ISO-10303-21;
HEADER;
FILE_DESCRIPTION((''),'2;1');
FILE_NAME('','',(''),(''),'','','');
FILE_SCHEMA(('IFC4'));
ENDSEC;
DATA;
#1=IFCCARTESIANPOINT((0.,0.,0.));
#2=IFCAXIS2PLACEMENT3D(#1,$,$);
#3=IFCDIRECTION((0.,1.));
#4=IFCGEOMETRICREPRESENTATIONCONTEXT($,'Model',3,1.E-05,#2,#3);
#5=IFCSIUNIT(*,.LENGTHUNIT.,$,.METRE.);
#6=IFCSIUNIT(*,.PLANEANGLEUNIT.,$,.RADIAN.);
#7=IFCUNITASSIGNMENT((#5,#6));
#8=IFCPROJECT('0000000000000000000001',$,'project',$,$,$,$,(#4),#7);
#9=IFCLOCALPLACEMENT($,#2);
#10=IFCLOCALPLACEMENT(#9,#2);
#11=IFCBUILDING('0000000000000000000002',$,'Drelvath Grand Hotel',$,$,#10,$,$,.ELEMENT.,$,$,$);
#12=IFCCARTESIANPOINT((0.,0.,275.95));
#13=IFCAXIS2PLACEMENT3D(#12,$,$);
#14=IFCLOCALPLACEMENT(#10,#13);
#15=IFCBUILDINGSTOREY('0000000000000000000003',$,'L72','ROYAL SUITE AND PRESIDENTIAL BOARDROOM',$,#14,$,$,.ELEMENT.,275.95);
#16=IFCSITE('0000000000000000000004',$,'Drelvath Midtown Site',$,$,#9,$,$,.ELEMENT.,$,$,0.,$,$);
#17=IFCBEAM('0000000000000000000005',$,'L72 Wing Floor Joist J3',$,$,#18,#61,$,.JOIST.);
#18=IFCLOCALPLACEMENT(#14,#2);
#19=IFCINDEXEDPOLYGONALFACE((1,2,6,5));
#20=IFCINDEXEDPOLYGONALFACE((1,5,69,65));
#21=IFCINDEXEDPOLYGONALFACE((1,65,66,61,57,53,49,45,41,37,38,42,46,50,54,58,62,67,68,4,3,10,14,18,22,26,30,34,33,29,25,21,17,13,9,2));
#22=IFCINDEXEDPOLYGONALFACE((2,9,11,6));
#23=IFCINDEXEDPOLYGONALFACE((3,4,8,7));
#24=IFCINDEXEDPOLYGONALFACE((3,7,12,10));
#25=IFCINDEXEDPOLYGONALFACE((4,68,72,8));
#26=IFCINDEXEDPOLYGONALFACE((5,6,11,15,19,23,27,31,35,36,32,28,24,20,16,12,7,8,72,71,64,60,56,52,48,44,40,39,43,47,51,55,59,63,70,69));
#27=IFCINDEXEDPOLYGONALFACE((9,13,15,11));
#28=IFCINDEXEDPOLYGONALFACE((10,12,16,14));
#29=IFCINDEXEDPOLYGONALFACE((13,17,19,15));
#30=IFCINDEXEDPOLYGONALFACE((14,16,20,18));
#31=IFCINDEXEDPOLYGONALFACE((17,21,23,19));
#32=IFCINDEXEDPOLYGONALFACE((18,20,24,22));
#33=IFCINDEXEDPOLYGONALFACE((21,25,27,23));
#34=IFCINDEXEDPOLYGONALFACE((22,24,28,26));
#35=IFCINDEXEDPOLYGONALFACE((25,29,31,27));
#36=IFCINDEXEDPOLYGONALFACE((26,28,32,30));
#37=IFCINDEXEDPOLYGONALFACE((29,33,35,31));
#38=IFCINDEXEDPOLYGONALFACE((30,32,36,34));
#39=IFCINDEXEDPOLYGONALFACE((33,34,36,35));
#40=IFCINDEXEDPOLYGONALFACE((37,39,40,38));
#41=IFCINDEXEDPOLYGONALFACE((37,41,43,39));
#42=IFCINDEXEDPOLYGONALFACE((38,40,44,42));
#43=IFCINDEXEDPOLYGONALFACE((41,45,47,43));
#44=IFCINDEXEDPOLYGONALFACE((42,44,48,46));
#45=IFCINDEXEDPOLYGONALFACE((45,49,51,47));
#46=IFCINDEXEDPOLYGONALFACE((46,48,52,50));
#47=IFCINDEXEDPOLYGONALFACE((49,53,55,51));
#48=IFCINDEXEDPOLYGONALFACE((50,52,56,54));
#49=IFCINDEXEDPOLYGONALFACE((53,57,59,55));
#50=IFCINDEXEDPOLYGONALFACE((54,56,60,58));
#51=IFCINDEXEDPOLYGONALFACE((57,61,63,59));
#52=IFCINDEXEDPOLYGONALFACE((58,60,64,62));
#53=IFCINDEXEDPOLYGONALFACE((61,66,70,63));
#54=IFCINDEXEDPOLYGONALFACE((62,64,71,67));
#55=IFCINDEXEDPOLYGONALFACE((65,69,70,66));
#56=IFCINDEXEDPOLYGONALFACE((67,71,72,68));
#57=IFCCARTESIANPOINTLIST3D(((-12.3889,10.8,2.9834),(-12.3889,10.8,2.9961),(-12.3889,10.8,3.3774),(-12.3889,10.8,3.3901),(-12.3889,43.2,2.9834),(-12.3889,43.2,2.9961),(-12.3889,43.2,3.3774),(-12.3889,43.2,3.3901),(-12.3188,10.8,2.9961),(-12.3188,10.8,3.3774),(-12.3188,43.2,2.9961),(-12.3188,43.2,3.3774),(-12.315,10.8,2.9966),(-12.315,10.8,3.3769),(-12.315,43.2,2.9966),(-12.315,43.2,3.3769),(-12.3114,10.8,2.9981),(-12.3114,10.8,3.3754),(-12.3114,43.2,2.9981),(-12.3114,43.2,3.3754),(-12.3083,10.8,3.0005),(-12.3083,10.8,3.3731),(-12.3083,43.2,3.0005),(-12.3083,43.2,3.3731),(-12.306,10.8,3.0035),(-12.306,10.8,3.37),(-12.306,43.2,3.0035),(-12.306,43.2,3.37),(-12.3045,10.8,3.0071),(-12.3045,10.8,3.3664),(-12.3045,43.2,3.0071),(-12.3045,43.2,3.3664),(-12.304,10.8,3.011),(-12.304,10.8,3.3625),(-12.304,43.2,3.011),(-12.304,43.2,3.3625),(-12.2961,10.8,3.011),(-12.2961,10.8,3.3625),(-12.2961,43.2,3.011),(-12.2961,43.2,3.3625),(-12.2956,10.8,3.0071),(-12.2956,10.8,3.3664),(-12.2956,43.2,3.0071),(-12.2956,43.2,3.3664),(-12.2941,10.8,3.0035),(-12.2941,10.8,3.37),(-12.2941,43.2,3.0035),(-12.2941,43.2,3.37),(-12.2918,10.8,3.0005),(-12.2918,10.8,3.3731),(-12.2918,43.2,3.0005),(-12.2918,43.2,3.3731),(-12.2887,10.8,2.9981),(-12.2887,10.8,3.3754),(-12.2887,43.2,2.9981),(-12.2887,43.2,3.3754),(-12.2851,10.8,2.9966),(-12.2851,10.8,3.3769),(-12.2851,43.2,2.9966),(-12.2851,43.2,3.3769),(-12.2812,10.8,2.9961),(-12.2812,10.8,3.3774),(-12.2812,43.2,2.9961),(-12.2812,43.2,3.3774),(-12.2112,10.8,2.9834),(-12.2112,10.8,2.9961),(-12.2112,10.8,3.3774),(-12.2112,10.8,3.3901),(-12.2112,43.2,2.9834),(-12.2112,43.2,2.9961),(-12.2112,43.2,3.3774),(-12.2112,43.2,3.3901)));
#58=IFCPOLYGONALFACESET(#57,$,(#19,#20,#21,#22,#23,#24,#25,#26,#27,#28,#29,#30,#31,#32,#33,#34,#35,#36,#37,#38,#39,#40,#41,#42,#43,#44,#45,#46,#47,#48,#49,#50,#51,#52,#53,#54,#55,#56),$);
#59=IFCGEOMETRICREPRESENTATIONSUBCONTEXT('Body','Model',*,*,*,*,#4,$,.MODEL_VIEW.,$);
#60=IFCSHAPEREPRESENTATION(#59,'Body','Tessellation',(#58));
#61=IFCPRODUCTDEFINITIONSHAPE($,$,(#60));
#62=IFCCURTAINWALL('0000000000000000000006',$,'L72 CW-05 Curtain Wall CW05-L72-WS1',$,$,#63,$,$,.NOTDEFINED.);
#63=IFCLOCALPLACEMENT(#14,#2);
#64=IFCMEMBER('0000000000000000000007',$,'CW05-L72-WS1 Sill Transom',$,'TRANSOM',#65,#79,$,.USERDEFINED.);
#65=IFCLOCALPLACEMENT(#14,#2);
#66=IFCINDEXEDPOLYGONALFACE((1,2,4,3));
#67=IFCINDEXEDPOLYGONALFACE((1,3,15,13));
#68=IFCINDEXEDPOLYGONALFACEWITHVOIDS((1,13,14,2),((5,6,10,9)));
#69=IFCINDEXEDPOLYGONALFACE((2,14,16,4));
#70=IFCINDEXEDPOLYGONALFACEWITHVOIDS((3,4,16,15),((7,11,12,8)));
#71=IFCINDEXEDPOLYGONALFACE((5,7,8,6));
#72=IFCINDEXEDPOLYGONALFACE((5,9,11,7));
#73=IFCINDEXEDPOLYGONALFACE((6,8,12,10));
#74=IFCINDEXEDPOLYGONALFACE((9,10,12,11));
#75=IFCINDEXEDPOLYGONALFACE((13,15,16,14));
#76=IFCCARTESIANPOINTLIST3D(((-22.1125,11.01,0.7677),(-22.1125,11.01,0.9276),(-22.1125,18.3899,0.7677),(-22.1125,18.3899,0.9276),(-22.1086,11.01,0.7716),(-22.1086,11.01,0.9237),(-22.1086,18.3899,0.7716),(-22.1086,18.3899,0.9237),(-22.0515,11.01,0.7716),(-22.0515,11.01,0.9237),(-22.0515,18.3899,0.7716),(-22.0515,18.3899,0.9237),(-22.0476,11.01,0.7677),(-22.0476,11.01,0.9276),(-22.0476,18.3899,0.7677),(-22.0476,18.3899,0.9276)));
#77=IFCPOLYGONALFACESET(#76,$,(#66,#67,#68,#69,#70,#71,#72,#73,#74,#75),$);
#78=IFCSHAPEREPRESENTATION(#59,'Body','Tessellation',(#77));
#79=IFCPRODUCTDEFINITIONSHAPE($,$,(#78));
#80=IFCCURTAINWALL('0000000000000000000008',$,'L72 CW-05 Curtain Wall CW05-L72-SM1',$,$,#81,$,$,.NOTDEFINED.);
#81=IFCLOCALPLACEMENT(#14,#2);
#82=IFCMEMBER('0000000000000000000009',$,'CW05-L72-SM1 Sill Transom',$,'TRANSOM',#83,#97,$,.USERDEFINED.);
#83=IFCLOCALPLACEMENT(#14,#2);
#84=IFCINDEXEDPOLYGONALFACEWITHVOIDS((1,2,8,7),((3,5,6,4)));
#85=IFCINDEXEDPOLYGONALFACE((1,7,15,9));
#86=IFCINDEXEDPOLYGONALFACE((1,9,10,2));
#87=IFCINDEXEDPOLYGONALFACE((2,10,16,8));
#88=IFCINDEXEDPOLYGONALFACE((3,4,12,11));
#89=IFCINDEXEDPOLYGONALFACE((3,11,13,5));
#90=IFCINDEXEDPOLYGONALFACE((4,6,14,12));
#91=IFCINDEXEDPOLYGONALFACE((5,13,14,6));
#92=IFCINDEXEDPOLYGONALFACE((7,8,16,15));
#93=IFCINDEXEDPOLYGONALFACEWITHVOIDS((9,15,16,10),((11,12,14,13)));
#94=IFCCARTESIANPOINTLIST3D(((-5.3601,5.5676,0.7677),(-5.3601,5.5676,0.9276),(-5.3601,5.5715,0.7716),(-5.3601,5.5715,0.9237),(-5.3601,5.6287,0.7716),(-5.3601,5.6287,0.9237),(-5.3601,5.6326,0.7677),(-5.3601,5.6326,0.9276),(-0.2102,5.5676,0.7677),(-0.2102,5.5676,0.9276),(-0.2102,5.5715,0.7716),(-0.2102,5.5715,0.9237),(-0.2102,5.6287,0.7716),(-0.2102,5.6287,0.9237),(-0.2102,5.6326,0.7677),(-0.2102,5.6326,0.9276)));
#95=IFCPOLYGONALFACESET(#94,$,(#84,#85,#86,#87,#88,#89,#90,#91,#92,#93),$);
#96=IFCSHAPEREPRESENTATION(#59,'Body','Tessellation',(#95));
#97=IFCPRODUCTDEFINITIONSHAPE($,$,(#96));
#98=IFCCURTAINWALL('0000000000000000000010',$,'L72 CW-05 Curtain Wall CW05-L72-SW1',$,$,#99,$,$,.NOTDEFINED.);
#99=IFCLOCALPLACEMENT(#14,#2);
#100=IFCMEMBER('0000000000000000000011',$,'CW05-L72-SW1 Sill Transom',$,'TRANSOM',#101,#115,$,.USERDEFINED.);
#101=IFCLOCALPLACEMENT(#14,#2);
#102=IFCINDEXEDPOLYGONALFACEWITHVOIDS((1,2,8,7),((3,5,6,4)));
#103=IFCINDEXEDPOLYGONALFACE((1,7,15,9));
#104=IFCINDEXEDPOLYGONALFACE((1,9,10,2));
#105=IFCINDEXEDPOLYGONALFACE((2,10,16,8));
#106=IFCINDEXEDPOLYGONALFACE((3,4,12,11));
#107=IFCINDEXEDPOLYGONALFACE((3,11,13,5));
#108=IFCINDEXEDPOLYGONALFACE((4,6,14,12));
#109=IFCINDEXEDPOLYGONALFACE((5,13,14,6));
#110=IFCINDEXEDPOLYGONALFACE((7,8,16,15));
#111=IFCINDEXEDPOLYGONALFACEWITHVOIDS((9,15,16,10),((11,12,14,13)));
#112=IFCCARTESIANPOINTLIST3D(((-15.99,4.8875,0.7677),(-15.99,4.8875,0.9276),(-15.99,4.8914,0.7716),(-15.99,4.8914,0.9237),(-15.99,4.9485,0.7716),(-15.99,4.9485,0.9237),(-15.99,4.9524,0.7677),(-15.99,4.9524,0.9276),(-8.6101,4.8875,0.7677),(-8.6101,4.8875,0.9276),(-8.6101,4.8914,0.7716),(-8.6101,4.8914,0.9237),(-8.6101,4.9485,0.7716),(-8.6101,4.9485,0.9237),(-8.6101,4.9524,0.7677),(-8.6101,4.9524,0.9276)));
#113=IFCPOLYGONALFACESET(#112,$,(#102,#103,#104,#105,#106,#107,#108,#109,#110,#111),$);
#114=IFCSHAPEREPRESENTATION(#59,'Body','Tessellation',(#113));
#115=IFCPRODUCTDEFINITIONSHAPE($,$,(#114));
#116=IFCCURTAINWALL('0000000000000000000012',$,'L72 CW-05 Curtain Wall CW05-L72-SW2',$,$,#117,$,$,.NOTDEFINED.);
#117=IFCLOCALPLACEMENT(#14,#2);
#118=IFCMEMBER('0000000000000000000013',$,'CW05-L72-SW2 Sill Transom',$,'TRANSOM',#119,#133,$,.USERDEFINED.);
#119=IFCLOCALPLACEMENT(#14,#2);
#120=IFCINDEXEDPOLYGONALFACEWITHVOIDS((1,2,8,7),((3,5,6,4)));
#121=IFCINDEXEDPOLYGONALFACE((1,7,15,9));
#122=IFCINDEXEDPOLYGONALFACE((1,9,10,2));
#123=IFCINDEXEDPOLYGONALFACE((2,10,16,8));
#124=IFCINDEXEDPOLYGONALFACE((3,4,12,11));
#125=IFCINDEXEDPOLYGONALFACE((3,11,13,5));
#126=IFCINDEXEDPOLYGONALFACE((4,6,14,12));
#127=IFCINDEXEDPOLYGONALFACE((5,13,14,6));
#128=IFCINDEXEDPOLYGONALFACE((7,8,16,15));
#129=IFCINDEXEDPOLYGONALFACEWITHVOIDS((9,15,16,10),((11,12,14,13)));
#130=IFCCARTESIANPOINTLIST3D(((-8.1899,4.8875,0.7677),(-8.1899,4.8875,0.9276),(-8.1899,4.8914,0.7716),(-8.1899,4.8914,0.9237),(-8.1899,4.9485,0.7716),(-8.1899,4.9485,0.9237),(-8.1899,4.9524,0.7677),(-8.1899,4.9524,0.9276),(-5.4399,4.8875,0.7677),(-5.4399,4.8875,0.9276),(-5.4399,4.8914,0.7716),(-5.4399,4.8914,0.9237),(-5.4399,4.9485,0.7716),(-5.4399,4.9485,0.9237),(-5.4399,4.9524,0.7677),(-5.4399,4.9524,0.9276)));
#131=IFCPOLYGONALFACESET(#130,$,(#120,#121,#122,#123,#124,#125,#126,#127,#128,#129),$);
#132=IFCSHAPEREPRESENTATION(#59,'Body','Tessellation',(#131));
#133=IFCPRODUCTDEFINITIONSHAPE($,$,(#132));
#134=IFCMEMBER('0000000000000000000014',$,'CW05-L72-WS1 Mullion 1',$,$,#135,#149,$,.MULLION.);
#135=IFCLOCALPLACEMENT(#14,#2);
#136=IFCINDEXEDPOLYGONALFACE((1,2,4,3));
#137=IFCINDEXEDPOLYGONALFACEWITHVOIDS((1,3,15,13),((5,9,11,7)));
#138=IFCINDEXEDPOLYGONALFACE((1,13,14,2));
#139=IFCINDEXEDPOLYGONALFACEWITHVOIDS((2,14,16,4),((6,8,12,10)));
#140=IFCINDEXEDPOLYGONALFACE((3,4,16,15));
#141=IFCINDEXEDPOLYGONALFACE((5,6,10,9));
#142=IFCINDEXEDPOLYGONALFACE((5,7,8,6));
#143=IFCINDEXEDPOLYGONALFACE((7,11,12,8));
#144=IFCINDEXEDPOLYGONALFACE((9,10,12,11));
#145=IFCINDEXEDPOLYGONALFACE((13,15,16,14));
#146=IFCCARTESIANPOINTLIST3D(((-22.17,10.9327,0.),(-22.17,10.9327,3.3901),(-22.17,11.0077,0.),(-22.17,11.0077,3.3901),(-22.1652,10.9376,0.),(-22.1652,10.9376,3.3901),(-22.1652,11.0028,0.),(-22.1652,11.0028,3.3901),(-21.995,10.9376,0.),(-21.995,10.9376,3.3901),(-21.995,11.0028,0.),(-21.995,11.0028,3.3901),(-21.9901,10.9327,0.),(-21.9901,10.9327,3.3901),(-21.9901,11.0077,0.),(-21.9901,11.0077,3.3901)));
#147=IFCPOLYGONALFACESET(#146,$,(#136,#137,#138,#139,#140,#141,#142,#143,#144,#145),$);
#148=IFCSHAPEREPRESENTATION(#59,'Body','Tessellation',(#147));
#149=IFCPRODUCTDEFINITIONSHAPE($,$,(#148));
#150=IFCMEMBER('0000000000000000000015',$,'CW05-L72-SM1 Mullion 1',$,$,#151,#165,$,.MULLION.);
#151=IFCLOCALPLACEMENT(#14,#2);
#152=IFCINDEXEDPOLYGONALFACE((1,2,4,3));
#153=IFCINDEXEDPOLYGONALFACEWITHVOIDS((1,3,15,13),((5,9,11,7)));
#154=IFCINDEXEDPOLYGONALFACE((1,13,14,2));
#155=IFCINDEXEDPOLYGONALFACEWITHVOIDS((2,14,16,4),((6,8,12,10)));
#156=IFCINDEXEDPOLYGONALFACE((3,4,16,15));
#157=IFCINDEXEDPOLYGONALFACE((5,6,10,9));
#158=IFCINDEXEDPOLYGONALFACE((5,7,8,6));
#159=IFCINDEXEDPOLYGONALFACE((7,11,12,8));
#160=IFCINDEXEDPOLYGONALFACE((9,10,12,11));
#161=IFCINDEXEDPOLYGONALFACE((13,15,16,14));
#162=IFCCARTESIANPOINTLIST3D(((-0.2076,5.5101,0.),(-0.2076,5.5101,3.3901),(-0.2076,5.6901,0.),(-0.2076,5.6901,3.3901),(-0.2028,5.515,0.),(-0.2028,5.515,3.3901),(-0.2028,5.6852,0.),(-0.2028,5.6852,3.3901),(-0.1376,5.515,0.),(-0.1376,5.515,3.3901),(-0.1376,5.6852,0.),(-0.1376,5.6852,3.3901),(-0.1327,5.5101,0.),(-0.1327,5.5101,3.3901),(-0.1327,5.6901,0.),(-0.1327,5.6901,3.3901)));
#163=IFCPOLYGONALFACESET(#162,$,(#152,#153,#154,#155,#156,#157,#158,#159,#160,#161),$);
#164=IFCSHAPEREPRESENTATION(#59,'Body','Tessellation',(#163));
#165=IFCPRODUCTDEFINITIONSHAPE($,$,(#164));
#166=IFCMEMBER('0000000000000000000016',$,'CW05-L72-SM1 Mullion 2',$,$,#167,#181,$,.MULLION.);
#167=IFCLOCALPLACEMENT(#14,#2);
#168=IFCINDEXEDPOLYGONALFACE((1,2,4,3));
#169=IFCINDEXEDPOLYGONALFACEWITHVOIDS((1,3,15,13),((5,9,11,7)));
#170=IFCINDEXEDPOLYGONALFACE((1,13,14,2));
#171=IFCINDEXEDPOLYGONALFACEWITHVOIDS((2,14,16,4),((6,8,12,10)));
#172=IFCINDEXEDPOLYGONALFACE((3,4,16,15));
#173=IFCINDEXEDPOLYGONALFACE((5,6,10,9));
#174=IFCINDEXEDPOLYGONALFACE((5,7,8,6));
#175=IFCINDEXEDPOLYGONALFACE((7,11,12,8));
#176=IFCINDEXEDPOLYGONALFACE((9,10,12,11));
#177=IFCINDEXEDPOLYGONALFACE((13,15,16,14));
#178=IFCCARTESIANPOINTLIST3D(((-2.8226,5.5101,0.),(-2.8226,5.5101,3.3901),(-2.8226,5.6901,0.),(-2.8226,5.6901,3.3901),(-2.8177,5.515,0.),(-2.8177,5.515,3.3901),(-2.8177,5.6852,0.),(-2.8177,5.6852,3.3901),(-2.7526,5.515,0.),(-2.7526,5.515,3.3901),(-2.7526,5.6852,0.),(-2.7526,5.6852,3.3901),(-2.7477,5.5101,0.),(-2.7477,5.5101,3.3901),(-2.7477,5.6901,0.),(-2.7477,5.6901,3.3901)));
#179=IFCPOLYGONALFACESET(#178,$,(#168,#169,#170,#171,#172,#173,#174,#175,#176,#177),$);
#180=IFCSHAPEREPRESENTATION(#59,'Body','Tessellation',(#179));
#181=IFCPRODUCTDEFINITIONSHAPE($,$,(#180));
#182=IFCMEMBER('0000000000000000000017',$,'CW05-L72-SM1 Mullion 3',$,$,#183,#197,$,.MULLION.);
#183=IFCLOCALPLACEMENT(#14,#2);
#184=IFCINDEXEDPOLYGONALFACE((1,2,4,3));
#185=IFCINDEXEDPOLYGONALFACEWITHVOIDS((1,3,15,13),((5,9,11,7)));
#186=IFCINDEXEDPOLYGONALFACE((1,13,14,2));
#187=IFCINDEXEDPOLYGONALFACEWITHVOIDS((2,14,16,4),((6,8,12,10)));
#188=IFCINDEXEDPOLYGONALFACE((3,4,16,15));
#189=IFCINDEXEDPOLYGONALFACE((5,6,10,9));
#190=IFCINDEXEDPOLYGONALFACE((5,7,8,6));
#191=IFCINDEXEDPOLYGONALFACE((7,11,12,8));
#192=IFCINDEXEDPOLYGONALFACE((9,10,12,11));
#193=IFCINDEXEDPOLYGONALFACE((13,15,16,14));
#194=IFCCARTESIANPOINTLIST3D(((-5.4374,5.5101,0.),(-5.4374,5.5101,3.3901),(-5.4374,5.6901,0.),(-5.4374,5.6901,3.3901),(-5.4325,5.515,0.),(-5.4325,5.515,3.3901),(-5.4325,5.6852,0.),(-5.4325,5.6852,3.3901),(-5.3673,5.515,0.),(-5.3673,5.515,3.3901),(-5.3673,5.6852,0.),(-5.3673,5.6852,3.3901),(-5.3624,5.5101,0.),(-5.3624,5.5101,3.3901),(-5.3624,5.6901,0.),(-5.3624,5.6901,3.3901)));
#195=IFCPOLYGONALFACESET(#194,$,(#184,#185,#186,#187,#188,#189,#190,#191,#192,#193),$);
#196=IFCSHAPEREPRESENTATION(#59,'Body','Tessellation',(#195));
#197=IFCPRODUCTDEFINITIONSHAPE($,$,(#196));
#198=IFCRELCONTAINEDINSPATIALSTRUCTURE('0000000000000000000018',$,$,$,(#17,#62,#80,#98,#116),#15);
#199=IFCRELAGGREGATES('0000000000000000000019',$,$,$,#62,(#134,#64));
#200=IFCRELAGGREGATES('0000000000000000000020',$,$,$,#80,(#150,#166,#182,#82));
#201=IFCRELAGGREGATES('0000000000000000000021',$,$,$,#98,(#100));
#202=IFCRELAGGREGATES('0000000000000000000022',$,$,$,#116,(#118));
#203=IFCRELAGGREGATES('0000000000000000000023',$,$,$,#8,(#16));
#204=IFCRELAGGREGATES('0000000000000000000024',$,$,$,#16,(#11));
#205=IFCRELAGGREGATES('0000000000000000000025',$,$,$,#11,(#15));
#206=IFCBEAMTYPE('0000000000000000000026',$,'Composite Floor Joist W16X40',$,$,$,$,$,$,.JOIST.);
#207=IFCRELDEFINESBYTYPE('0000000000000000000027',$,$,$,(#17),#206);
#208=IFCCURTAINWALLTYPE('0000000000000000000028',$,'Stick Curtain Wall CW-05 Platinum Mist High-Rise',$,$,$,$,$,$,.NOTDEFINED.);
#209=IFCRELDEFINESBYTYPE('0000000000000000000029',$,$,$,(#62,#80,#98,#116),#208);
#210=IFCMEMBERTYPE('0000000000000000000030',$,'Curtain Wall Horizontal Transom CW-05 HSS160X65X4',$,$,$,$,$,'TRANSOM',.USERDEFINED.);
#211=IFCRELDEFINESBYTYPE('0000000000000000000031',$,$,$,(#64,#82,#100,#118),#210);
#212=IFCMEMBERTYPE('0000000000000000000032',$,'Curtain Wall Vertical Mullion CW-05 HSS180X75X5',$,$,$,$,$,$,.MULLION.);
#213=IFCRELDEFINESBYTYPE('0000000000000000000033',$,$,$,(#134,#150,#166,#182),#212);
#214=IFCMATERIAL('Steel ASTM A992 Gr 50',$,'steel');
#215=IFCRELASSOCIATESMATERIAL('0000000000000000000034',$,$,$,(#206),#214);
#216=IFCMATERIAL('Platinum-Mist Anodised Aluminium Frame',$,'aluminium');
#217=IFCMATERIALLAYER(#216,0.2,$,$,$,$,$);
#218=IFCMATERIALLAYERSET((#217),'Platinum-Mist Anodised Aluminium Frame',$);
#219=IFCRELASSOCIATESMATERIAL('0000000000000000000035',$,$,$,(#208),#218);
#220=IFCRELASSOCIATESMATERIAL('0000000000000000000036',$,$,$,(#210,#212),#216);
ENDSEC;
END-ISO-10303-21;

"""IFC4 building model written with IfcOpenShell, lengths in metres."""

from ifc_helpers import new_model, si_unit, direction, frame, origin, origin_2d, place, context, subcontext, project, spatial, hollow_rectangle, i_section, extrude, material, layer, layer_set, material_profile, profile_set, type_object, element, aggregate, save


model = new_model("IFC4")

# Units and contexts
model_context = context("Model", 3, precision=1e-05, world=origin(), true_north=direction((0.0, 1.0)))
body_context = subcontext(model_context, "Body", "Model", "MODEL_VIEW")
ifc_project = project(units=[si_unit("LENGTHUNIT", "METRE"), si_unit("PLANEANGLEUNIT", "RADIAN")], contexts=[model_context])

# Site, building, storey
site_placement = place(None, origin())
site = spatial("IfcSite", under=ifc_project, at=site_placement, Name="Drelvath Midtown Site", CompositionType="ELEMENT", RefElevation=0.0)
building_placement = place(site_placement, origin())
building = spatial("IfcBuilding", under=site, at=building_placement, Name="Drelvath Grand Hotel", CompositionType="ELEMENT")
storey_placement = place(building_placement, frame((0.0, 0.0, 275.95)))
storey = spatial("IfcBuildingStorey", under=building, at=storey_placement, Name="L72", Description="ROYAL SUITE AND PRESIDENTIAL BOARDROOM", CompositionType="ELEMENT", Elevation=275.95)

# Beam
ifc_material_1 = material(Name="Steel ASTM A992 Gr 50", Category="steel")
ifc_material_profile_1 = material_profile(ifc_material_1, i_section(OverallWidth=0.1777, OverallDepth=0.4067, WebThickness=0.0078, FlangeThickness=0.0127, FilletRadius=0.0149, at=origin_2d()), Name="W16X40")
ifc_profile_set_1 = profile_set([ifc_material_profile_1], Name="Steel ASTM A992 Gr 50")
beam_type_1 = type_object("IfcBeamType", Name="Composite Floor Joist W16X40", PredefinedType="JOIST", material=ifc_profile_set_1)
beam_1_placement = place(storey_placement, frame((-12.3, 10.8, 3.1868), z_axis=(0.0, 1.0, 0.0), x_axis=(-1.0, 0.0, 0.0)))
element("IfcBeam", 1, at=beam_1_placement, inside=storey, type_object=beam_type_1, Name="L72 Wing Floor Joist J3", PredefinedType="JOIST", context=body_context, shape_type="SweptSolid", body=[
    extrude(i_section(OverallWidth=0.1777, OverallDepth=0.4067, WebThickness=0.0078, FlangeThickness=0.0127, FilletRadius=0.0149, at=origin_2d()), origin(), (0.0, 0.0, 1.0), 32.3999),
])

# Curtain walls, members
ifc_material_2 = material(Name="Platinum-Mist Anodised Aluminium Frame", Category="aluminium")
ifc_layer_1 = layer(ifc_material_2, 0.2)
ifc_layer_set_1 = layer_set([ifc_layer_1], Name="Platinum-Mist Anodised Aluminium Frame")
curtain_wall_type = type_object("IfcCurtainWallType", Name="Stick Curtain Wall CW-05 Platinum Mist High-Rise", PredefinedType="NOTDEFINED", material=ifc_layer_set_1)
curtain_wall_1_placement = place(storey_placement, origin())
curtain_wall_1 = element("IfcCurtainWall", 2, at=curtain_wall_1_placement, inside=storey, type_object=curtain_wall_type, Name="L72 CW-05 Curtain Wall CW05-L72-WS1", PredefinedType="NOTDEFINED")
ifc_material_profile_2 = material_profile(ifc_material_2, hollow_rectangle(XDim=0.0649, YDim=0.1599, WallThickness=0.0039, at=origin_2d()), Name="HSS160X65X4")
ifc_profile_set_2 = profile_set([ifc_material_profile_2], Name="Platinum-Mist Anodised Aluminium Frame")
member_type_1 = type_object("IfcMemberType", Name="Curtain Wall Horizontal Transom CW-05 HSS160X65X4", ElementType="TRANSOM", PredefinedType="USERDEFINED", material=ifc_profile_set_2)
member_1_placement = place(storey_placement, frame((-22.0801, 11.01, 0.8477), z_axis=(0.0, 1.0, 0.0), x_axis=(-1.0, 0.0, 0.0)))
member_1 = element("IfcMember", 3, at=member_1_placement, type_object=member_type_1, Name="CW05-L72-WS1 Sill Transom", ObjectType="TRANSOM", PredefinedType="USERDEFINED", context=body_context, shape_type="SweptSolid", body=[
    extrude(hollow_rectangle(XDim=0.0649, YDim=0.1599, WallThickness=0.0039, at=origin_2d()), origin(), (0.0, 0.0, 1.0), 7.3799),
])
curtain_wall_2_placement = place(storey_placement, origin())
curtain_wall_2 = element("IfcCurtainWall", 4, at=curtain_wall_2_placement, inside=storey, type_object=curtain_wall_type, Name="L72 CW-05 Curtain Wall CW05-L72-SM1", PredefinedType="NOTDEFINED")
member_2_placement = place(storey_placement, frame((-0.2102, 5.6001, 0.8477), z_axis=(-1.0, 0.0, 0.0), x_axis=(0.0, -1.0, 0.0)))
member_2 = element("IfcMember", 5, at=member_2_placement, type_object=member_type_1, Name="CW05-L72-SM1 Sill Transom", ObjectType="TRANSOM", PredefinedType="USERDEFINED", context=body_context, shape_type="SweptSolid", body=[
    extrude(hollow_rectangle(XDim=0.0649, YDim=0.1599, WallThickness=0.0039, at=origin_2d()), origin(), (0.0, 0.0, 1.0), 5.1499),
])
curtain_wall_3_placement = place(storey_placement, origin())
curtain_wall_3 = element("IfcCurtainWall", 6, at=curtain_wall_3_placement, inside=storey, type_object=curtain_wall_type, Name="L72 CW-05 Curtain Wall CW05-L72-SW1", PredefinedType="NOTDEFINED")
member_3_placement = place(storey_placement, frame((-8.6101, 4.9199, 0.8477), z_axis=(-1.0, 0.0, 0.0), x_axis=(0.0, -1.0, 0.0)))
member_3 = element("IfcMember", 7, at=member_3_placement, type_object=member_type_1, Name="CW05-L72-SW1 Sill Transom", ObjectType="TRANSOM", PredefinedType="USERDEFINED", context=body_context, shape_type="SweptSolid", body=[
    extrude(hollow_rectangle(XDim=0.0649, YDim=0.1599, WallThickness=0.0039, at=origin_2d()), origin(), (0.0, 0.0, 1.0), 7.3799),
])
curtain_wall_4_placement = place(storey_placement, origin())
curtain_wall_4 = element("IfcCurtainWall", 8, at=curtain_wall_4_placement, inside=storey, type_object=curtain_wall_type, Name="L72 CW-05 Curtain Wall CW05-L72-SW2", PredefinedType="NOTDEFINED")
member_4_placement = place(storey_placement, frame((-5.4399, 4.9199, 0.8477), z_axis=(-1.0, 0.0, 0.0), x_axis=(0.0, -1.0, 0.0)))
member_4 = element("IfcMember", 9, at=member_4_placement, type_object=member_type_1, Name="CW05-L72-SW2 Sill Transom", ObjectType="TRANSOM", PredefinedType="USERDEFINED", context=body_context, shape_type="SweptSolid", body=[
    extrude(hollow_rectangle(XDim=0.0649, YDim=0.1599, WallThickness=0.0039, at=origin_2d()), origin(), (0.0, 0.0, 1.0), 2.75),
])

# Members
ifc_material_profile_3 = material_profile(ifc_material_2, hollow_rectangle(XDim=0.075, YDim=0.1799, WallThickness=0.0049, at=origin_2d()), Name="HSS180X75X5")
ifc_profile_set_3 = profile_set([ifc_material_profile_3], Name="Platinum-Mist Anodised Aluminium Frame")
member_type_2 = type_object("IfcMemberType", Name="Curtain Wall Vertical Mullion CW-05 HSS180X75X5", PredefinedType="MULLION", material=ifc_profile_set_3)
member_5_placement = place(storey_placement, frame((-22.0801, 10.9702, 0.0), z_axis=(0.0, 0.0, 1.0), x_axis=(0.0, 1.0, 0.0)))
member_5 = element("IfcMember", 10, at=member_5_placement, type_object=member_type_2, Name="CW05-L72-WS1 Mullion 1", PredefinedType="MULLION", context=body_context, shape_type="SweptSolid", body=[
    extrude(hollow_rectangle(XDim=0.075, YDim=0.1799, WallThickness=0.0049, at=origin_2d()), origin(), (0.0, 0.0, 1.0), 3.3901),
])
aggregate(curtain_wall_1, [member_5, member_1])
member_6_placement = place(storey_placement, frame((-0.1702, 5.6001, 0.0), z_axis=(0.0, 0.0, 1.0), x_axis=(1.0, 0.0, 0.0)))
member_6 = element("IfcMember", 11, at=member_6_placement, type_object=member_type_2, Name="CW05-L72-SM1 Mullion 1", PredefinedType="MULLION", context=body_context, shape_type="SweptSolid", body=[
    extrude(hollow_rectangle(XDim=0.075, YDim=0.1799, WallThickness=0.0049, at=origin_2d()), origin(), (0.0, 0.0, 1.0), 3.3901),
])
member_7_placement = place(storey_placement, frame((-2.7852, 5.6001, 0.0), z_axis=(0.0, 0.0, 1.0), x_axis=(1.0, 0.0, 0.0)))
member_7 = element("IfcMember", 12, at=member_7_placement, type_object=member_type_2, Name="CW05-L72-SM1 Mullion 2", PredefinedType="MULLION", context=body_context, shape_type="SweptSolid", body=[
    extrude(hollow_rectangle(XDim=0.075, YDim=0.1799, WallThickness=0.0049, at=origin_2d()), origin(), (0.0, 0.0, 1.0), 3.3901),
])
member_8_placement = place(storey_placement, frame((-5.3999, 5.6001, 0.0), z_axis=(0.0, 0.0, 1.0), x_axis=(1.0, 0.0, 0.0)))
member_8 = element("IfcMember", 13, at=member_8_placement, type_object=member_type_2, Name="CW05-L72-SM1 Mullion 3", PredefinedType="MULLION", context=body_context, shape_type="SweptSolid", body=[
    extrude(hollow_rectangle(XDim=0.075, YDim=0.1799, WallThickness=0.0049, at=origin_2d()), origin(), (0.0, 0.0, 1.0), 3.3901),
])

aggregate(curtain_wall_2, [member_6, member_7, member_8, member_2])
aggregate(curtain_wall_3, [member_3])
aggregate(curtain_wall_4, [member_4])

save(model, "model.ifc")
